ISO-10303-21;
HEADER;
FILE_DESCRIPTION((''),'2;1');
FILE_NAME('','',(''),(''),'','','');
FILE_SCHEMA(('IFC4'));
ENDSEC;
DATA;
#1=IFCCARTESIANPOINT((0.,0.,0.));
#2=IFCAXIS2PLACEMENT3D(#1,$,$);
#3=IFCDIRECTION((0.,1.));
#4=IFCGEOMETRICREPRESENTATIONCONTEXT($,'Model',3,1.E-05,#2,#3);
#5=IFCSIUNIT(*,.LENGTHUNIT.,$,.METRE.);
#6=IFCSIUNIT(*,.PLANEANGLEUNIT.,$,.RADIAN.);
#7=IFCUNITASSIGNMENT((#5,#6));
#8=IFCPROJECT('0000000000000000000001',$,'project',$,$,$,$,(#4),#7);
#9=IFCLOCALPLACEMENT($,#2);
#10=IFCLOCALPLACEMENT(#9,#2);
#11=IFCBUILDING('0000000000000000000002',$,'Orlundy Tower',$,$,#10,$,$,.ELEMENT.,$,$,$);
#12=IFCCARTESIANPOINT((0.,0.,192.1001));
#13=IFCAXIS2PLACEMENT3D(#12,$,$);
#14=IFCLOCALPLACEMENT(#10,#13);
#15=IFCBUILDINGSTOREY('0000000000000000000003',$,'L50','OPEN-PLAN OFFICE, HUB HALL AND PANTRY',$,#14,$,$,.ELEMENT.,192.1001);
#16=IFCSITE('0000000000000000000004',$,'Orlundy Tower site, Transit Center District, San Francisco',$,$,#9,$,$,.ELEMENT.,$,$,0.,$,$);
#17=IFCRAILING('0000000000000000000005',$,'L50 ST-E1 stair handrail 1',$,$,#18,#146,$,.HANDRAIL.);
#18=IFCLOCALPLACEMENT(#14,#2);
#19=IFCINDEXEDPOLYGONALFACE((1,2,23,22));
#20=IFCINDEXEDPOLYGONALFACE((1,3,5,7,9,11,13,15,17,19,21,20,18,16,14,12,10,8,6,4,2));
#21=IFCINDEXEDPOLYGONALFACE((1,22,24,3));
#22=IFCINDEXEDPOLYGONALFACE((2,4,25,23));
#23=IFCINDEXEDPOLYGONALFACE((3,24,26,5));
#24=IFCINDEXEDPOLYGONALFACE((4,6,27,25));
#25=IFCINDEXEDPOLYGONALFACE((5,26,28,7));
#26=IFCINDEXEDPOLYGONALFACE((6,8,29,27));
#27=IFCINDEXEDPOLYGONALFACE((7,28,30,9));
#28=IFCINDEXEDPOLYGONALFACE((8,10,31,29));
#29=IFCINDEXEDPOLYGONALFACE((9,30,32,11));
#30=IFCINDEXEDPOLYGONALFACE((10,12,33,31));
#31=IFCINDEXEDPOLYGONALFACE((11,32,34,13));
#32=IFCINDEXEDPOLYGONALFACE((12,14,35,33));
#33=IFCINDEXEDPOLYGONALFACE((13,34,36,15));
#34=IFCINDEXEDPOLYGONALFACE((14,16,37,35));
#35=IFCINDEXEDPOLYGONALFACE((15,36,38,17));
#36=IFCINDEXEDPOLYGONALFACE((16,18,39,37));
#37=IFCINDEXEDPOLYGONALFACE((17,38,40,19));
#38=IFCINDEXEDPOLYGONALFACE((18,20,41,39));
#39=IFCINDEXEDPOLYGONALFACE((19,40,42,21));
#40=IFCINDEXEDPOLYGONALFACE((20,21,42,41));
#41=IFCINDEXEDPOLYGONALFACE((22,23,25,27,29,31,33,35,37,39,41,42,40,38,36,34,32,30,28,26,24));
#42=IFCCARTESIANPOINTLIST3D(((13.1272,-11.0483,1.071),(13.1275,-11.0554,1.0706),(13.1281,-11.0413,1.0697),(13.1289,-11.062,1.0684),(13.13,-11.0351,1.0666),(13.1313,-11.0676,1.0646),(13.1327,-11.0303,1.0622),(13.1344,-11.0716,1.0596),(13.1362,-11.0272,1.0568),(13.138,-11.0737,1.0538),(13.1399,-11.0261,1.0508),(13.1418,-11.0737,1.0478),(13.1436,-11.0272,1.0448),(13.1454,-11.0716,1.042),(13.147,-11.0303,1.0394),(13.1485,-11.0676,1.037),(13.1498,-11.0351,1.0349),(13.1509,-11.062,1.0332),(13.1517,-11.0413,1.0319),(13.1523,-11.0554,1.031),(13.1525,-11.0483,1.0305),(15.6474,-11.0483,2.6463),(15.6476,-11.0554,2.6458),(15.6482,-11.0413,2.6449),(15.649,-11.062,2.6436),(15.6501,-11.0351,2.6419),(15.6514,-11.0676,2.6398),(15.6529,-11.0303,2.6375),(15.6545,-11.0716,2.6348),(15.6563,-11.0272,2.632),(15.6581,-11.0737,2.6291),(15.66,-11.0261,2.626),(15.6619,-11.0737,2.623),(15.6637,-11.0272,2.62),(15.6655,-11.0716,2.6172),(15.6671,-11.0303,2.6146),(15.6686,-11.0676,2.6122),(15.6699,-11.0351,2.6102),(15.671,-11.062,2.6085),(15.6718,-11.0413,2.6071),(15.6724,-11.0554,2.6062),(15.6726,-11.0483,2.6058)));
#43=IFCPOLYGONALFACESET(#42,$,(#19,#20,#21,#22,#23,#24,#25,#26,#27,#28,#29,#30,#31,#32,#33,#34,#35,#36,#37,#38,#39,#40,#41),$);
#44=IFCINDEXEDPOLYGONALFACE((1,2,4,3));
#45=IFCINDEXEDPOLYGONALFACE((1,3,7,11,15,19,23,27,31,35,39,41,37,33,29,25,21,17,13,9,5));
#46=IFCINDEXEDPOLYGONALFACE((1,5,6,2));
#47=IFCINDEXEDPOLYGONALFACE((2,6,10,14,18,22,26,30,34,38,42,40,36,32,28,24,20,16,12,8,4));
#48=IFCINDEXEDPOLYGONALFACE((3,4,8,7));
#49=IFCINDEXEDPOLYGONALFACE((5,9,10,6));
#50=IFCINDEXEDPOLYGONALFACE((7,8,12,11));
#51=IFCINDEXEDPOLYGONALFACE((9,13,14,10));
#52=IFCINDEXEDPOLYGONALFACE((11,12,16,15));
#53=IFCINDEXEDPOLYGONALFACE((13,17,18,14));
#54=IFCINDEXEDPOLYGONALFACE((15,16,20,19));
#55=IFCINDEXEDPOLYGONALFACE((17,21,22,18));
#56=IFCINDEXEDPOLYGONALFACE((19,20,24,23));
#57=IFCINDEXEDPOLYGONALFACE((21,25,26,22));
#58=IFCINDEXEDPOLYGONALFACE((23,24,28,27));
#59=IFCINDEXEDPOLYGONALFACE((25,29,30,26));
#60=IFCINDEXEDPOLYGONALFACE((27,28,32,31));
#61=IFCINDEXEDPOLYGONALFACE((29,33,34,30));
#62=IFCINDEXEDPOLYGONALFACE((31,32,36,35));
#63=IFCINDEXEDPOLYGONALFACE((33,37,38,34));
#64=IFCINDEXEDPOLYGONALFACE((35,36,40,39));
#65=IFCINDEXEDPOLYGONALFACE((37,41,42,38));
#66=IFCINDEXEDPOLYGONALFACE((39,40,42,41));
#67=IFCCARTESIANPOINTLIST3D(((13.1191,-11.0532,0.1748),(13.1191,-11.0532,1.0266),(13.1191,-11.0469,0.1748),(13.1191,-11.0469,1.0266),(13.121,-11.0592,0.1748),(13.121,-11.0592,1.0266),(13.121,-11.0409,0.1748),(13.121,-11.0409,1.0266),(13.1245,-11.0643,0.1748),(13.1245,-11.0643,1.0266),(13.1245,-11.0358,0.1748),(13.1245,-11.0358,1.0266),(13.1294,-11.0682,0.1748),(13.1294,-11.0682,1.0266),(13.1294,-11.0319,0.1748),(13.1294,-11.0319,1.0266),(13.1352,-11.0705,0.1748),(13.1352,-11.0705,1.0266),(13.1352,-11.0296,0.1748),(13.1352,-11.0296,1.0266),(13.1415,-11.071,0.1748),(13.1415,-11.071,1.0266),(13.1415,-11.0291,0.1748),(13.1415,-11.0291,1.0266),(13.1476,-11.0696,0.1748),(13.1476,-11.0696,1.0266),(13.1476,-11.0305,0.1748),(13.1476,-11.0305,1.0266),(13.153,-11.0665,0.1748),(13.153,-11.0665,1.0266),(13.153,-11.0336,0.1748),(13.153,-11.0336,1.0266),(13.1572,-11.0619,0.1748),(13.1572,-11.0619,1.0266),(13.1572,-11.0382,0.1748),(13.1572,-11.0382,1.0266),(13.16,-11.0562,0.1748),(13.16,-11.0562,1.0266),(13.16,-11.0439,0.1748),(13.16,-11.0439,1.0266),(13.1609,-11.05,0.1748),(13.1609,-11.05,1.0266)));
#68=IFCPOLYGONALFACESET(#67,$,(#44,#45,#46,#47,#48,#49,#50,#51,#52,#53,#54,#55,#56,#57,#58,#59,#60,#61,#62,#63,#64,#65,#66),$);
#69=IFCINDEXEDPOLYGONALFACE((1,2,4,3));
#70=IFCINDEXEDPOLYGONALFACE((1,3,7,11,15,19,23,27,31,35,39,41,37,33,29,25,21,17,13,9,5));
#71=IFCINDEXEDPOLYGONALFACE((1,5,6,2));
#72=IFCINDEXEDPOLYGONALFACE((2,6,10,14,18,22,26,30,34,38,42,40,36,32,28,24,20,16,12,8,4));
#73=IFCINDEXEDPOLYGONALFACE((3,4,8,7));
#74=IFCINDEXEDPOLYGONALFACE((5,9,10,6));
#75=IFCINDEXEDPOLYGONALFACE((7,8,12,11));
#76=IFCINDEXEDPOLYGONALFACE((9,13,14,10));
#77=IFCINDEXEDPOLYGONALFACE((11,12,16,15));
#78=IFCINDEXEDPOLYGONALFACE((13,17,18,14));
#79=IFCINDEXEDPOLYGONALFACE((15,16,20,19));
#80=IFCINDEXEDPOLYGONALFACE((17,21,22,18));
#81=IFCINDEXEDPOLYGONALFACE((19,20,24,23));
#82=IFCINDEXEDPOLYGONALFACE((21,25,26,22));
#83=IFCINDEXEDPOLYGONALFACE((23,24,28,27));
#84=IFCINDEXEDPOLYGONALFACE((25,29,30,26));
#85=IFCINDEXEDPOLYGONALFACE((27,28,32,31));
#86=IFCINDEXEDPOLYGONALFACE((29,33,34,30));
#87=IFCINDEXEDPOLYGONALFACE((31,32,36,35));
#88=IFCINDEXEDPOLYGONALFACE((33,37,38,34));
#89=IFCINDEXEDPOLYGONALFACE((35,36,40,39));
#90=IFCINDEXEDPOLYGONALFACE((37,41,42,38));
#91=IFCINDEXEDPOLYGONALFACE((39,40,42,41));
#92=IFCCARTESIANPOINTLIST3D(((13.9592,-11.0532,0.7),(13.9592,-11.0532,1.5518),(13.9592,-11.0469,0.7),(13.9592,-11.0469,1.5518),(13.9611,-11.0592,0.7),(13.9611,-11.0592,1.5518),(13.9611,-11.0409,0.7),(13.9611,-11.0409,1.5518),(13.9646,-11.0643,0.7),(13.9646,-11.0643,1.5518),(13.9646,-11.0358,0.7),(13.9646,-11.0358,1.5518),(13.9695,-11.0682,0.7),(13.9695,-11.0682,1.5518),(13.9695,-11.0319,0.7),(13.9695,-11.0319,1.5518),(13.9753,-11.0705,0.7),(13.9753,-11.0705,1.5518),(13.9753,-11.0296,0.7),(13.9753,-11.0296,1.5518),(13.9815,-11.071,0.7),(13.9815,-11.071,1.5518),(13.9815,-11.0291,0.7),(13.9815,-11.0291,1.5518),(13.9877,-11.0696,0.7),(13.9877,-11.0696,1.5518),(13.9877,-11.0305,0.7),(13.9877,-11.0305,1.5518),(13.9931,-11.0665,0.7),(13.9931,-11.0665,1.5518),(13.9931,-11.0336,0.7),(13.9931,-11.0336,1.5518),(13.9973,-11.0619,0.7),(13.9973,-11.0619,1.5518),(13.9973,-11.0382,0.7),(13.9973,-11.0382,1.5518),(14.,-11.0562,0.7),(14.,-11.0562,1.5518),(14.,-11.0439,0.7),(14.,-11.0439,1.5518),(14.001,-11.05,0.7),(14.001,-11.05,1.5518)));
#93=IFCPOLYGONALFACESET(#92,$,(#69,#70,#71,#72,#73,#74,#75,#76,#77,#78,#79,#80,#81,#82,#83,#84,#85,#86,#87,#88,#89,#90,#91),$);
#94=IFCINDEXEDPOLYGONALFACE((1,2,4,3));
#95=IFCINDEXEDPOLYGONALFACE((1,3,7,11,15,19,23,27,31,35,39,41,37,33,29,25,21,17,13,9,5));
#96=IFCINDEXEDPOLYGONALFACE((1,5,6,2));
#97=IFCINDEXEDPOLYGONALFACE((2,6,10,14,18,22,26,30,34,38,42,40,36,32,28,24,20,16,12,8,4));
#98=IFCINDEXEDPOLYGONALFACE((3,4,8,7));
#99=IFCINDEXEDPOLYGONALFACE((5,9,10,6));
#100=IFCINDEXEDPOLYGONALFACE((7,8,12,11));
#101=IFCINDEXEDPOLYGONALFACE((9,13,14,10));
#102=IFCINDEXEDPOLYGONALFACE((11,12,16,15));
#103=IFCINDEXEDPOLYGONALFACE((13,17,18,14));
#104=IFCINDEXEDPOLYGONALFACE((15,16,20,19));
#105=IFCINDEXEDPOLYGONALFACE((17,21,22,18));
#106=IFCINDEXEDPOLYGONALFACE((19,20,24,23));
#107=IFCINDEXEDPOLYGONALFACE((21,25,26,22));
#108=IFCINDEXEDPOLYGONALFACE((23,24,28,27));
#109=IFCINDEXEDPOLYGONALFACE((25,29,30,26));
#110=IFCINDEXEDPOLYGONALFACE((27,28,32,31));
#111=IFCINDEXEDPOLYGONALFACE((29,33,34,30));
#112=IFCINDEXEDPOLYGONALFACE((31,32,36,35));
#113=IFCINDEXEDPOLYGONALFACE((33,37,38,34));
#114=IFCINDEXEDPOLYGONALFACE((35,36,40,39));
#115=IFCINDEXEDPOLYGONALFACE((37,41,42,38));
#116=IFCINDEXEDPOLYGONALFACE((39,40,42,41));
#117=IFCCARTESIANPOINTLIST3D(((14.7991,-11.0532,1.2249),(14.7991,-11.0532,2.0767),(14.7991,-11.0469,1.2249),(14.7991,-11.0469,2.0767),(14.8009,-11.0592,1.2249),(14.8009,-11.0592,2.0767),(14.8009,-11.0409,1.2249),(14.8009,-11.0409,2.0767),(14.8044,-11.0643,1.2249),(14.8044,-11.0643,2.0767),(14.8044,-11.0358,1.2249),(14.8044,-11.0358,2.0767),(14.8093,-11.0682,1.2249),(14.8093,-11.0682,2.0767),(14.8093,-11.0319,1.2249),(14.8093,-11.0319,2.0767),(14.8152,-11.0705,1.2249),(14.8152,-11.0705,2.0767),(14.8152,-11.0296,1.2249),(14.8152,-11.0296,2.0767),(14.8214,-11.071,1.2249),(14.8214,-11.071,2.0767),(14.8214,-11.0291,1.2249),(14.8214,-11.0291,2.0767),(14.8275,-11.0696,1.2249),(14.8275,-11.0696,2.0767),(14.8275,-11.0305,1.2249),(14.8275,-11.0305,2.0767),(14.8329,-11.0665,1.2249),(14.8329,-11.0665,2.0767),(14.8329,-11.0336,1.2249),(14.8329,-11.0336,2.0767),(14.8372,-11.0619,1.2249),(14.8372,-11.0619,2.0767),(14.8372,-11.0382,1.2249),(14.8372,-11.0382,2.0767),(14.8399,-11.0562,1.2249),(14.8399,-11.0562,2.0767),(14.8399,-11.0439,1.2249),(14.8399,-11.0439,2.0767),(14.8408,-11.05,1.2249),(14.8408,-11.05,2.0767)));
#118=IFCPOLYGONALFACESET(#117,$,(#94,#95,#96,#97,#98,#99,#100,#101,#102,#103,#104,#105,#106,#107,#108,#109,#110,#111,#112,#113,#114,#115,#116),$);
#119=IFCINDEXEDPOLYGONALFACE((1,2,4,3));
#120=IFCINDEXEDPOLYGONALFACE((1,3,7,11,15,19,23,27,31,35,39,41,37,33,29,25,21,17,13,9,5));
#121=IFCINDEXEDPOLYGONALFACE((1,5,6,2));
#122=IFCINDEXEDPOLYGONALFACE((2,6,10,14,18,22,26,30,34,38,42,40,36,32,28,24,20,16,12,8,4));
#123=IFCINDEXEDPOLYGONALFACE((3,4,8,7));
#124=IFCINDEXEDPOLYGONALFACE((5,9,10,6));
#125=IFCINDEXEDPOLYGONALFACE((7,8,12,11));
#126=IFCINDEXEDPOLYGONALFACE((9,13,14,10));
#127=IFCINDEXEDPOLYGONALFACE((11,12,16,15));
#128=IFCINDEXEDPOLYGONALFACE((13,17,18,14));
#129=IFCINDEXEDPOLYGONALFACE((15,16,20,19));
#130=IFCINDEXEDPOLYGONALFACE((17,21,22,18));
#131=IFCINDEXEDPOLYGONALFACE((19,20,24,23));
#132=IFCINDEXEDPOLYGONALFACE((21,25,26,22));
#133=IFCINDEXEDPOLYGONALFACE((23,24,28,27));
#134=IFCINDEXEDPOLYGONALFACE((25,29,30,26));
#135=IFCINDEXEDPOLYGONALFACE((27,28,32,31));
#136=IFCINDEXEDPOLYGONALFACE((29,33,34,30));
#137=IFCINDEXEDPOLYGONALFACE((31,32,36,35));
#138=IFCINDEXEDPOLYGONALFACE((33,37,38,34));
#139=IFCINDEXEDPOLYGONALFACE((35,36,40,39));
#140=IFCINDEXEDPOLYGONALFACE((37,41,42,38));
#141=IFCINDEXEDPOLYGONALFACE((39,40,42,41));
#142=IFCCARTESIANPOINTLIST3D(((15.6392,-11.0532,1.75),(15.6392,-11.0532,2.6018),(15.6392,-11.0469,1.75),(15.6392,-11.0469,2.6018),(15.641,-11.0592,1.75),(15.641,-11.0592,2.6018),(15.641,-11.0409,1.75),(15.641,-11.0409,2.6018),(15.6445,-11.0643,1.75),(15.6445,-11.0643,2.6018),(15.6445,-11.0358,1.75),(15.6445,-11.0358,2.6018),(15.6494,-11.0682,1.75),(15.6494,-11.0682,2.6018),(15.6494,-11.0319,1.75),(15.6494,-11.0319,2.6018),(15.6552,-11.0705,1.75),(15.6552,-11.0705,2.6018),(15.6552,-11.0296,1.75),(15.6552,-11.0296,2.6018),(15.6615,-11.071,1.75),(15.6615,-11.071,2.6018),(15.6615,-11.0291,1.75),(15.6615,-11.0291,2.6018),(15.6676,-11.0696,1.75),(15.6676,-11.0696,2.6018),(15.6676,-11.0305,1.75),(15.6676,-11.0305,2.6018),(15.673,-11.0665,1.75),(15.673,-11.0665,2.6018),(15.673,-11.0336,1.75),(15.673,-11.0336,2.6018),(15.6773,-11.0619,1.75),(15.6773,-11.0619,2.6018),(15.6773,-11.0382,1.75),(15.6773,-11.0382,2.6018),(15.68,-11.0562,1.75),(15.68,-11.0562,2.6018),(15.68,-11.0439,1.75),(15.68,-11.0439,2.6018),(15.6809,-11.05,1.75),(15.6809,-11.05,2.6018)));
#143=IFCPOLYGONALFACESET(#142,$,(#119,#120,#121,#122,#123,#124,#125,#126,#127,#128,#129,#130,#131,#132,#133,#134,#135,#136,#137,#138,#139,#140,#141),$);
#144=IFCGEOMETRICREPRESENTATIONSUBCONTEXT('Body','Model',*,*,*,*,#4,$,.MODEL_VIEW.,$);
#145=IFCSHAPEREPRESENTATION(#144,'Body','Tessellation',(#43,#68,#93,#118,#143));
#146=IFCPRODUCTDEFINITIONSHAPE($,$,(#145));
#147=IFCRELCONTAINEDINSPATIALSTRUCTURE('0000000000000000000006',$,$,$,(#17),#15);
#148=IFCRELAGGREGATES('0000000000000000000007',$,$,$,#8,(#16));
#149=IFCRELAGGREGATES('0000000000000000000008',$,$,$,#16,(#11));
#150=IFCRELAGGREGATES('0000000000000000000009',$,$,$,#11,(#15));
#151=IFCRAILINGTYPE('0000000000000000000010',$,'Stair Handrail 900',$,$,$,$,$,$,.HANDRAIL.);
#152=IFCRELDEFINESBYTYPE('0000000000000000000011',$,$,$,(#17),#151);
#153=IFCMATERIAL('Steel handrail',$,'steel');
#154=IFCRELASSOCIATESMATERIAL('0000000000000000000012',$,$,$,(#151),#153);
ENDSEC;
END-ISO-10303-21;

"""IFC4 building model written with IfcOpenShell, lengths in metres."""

from ifc_helpers import new_model, si_unit, direction, frame, origin, origin_2d, place, context, subcontext, project, spatial, circle, extrude, material, type_object, element, save


model = new_model("IFC4")

# Units and contexts
model_context = context("Model", 3, precision=1e-05, world=origin(), true_north=direction((0.0, 1.0)))
body_context = subcontext(model_context, "Body", "Model", "MODEL_VIEW")
ifc_project = project(units=[si_unit("LENGTHUNIT", "METRE"), si_unit("PLANEANGLEUNIT", "RADIAN")], contexts=[model_context])

# Site, building, storey
site_placement = place(None, origin())
site = spatial("IfcSite", under=ifc_project, at=site_placement, Name="Orlundy Tower site, Transit Center District, San Francisco", CompositionType="ELEMENT", RefElevation=0.0)
building_placement = place(site_placement, origin())
building = spatial("IfcBuilding", under=site, at=building_placement, Name="Orlundy Tower", CompositionType="ELEMENT")
storey_placement = place(building_placement, frame((0.0, 0.0, 192.1001)))
storey = spatial("IfcBuildingStorey", under=building, at=storey_placement, Name="L50", Description="OPEN-PLAN OFFICE, HUB HALL AND PANTRY", CompositionType="ELEMENT", Elevation=192.1001)

# Railing
ifc_material_1 = material(Name="Steel handrail", Category="steel")
railing_type_1 = type_object("IfcRailingType", Name="Stair Handrail 900", PredefinedType="HANDRAIL", material=ifc_material_1)
for number, where, name in (
    (1, (13.1399, -11.05, 0.1748), "L50 ST-E1 stair handrail 1"),
):
    element("IfcRailing", number, at=place(storey_placement, frame(where)), inside=storey, type_object=railing_type_1, Name=name, PredefinedType="HANDRAIL", context=body_context, shape_type="SweptSolid", body=[
        extrude(circle(Radius=0.0239, at=origin_2d()), frame((0.0, 0.0, 0.876), z_axis=(0.847971, 0.0, 0.530043), x_axis=(0.0, 1.0, 0.0)), (0.0, 0.0, 1.0), 2.9719),
        extrude(circle(Radius=0.021, at=origin_2d()), origin(), (0.0, 0.0, 1.0), 0.8518),
        extrude(circle(Radius=0.021, at=origin_2d()), frame((0.8401, 0.0, 0.5251)), (0.0, 0.0, 1.0), 0.8518),
        extrude(circle(Radius=0.021, at=origin_2d()), frame((1.6799, 0.0, 1.05)), (0.0, 0.0, 1.0), 0.8518),
        extrude(circle(Radius=0.021, at=origin_2d()), frame((2.52, 0.0, 1.5752)), (0.0, 0.0, 1.0), 0.8518),
    ])

save(model, "model.ifc")
